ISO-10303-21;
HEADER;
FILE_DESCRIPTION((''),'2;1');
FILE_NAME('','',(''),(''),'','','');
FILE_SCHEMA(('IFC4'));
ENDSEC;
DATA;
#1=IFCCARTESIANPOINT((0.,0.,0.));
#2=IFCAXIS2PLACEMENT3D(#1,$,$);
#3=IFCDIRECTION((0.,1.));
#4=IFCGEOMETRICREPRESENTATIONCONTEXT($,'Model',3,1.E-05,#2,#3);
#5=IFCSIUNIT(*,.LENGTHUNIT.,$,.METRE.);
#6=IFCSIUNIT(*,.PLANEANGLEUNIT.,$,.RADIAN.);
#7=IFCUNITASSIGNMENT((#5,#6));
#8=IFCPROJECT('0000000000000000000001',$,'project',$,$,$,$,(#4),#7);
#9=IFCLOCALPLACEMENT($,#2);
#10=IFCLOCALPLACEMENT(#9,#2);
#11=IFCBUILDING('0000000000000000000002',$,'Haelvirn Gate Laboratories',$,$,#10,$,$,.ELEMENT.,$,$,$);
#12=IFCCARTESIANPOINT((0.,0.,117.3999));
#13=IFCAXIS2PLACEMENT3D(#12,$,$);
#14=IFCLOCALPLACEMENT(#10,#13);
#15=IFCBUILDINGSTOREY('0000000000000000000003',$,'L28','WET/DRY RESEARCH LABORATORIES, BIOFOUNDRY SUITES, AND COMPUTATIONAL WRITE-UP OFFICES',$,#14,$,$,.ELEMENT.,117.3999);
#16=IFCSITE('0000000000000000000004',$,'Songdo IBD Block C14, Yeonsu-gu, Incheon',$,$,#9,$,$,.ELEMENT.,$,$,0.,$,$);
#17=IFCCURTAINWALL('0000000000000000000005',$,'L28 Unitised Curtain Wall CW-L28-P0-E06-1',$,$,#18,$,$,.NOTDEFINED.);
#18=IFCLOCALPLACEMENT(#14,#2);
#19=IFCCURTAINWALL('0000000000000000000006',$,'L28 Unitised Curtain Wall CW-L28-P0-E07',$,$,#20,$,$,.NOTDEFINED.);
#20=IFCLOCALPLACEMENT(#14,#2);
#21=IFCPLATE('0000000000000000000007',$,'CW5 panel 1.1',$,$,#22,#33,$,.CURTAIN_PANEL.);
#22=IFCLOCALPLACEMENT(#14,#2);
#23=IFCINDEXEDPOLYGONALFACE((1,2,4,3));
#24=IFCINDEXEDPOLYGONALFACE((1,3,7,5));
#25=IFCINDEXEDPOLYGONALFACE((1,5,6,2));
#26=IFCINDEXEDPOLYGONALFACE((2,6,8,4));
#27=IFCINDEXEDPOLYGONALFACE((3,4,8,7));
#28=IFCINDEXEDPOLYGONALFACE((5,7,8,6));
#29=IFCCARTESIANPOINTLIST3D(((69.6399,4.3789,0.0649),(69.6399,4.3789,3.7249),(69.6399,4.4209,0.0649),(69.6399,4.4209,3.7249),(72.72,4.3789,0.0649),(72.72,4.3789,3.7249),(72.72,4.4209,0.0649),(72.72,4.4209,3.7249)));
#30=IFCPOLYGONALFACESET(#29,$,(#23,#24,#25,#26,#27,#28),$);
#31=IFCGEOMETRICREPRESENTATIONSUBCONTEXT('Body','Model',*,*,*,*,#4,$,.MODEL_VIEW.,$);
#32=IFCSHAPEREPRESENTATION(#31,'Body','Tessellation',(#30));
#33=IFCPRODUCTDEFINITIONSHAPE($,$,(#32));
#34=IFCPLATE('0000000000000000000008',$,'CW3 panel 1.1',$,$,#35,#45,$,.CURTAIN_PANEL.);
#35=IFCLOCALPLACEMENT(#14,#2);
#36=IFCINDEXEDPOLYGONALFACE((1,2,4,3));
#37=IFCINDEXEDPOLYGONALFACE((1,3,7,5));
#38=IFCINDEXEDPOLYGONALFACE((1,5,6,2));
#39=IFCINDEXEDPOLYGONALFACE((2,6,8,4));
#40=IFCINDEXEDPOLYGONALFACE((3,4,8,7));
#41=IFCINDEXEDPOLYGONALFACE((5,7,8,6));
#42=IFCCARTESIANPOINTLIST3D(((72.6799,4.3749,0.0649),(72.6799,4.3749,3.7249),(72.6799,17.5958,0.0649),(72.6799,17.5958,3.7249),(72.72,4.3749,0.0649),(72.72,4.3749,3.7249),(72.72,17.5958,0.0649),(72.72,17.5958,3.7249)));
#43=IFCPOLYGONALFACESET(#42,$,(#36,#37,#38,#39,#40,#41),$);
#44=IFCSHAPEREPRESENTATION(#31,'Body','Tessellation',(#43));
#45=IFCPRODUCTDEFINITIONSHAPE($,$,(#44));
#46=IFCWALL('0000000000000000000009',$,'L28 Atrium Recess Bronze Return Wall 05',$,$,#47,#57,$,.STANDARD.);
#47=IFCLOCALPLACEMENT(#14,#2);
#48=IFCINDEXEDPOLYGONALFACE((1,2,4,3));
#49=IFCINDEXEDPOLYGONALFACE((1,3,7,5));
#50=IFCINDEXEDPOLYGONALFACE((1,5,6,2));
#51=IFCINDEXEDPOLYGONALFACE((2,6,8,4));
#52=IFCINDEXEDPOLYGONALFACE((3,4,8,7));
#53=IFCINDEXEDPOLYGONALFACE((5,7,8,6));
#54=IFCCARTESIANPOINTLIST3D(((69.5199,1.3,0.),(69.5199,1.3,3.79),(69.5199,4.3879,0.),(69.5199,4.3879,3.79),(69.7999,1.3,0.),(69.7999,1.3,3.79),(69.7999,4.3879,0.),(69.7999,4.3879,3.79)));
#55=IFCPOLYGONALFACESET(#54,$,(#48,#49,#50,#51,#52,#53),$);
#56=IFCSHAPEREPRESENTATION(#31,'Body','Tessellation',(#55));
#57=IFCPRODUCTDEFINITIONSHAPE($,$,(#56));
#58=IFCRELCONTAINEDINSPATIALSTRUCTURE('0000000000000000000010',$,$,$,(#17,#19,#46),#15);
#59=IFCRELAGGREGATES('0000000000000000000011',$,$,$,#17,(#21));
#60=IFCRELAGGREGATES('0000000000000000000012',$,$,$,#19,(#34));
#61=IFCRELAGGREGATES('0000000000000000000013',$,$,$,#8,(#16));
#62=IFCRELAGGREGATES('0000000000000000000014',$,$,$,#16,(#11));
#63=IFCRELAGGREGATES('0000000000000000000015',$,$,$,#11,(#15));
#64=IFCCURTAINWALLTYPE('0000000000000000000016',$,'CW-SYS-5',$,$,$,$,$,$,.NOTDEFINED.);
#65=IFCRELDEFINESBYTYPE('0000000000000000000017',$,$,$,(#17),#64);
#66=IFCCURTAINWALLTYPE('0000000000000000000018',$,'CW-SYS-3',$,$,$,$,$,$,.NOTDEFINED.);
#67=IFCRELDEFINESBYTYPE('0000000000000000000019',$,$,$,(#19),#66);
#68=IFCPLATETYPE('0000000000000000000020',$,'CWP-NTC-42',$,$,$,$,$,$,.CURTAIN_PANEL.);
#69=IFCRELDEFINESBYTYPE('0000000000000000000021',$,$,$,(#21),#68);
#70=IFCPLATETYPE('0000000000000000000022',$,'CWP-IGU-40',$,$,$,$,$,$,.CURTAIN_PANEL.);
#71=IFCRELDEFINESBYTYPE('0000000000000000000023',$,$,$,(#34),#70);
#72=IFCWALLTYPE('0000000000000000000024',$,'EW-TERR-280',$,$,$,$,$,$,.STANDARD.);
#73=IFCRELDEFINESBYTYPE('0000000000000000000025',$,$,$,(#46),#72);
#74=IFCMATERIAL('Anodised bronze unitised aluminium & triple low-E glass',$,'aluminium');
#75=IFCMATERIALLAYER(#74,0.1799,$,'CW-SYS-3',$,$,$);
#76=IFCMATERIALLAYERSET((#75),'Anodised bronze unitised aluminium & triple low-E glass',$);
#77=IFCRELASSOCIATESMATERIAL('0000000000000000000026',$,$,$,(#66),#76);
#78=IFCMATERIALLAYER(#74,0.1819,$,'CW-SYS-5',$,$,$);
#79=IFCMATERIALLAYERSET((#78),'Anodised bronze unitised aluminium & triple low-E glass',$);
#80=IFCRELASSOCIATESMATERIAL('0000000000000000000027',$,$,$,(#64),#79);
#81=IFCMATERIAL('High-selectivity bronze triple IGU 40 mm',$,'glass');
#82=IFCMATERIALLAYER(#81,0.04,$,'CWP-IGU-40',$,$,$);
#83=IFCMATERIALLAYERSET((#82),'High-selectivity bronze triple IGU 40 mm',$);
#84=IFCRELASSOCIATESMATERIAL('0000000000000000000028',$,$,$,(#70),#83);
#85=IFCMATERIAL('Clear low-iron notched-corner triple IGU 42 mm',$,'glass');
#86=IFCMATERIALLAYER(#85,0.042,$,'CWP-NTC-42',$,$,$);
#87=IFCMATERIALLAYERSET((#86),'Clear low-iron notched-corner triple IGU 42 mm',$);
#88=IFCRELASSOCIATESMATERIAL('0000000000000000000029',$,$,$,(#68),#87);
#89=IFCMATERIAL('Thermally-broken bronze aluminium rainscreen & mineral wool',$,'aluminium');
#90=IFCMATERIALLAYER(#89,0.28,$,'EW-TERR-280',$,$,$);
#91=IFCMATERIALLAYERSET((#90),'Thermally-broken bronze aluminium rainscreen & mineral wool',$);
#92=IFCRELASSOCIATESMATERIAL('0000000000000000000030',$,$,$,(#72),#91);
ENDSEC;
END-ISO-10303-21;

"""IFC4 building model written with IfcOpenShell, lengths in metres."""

from ifc_helpers import new_model, si_unit, direction, frame, frame_2d, origin, origin_2d, place, context, subcontext, project, spatial, rectangle, extrude, source, transform, mapped, material, layer, layer_set, type_object, type_shapes, element, aggregate, save


model = new_model("IFC4")

# Units and contexts
model_context = context("Model", 3, precision=1e-05, world=origin(), true_north=direction((0.0, 1.0)))
body_context = subcontext(model_context, "Body", "Model", "MODEL_VIEW")
ifc_project = project(units=[si_unit("LENGTHUNIT", "METRE"), si_unit("PLANEANGLEUNIT", "RADIAN")], contexts=[model_context])

# Site, building, storey
site_placement = place(None, origin())
site = spatial("IfcSite", under=ifc_project, at=site_placement, Name="Songdo IBD Block C14, Yeonsu-gu, Incheon", CompositionType="ELEMENT", RefElevation=0.0)
building_placement = place(site_placement, origin())
building = spatial("IfcBuilding", under=site, at=building_placement, Name="Haelvirn Gate Laboratories", CompositionType="ELEMENT")
storey_placement = place(building_placement, frame((0.0, 0.0, 117.3999)))
storey = spatial("IfcBuildingStorey", under=building, at=storey_placement, Name="L28", Description="WET/DRY RESEARCH LABORATORIES, BIOFOUNDRY SUITES, AND COMPUTATIONAL WRITE-UP OFFICES", CompositionType="ELEMENT", Elevation=117.3999)

# Curtain walls
ifc_material_1 = material(Name="Anodised bronze unitised aluminium & triple low-E glass", Category="aluminium")
ifc_layer_1 = layer(ifc_material_1, 0.1799, Name="CW-SYS-3")
ifc_layer_set_1 = layer_set([ifc_layer_1], Name="Anodised bronze unitised aluminium & triple low-E glass")
curtain_wall_type_1 = type_object("IfcCurtainWallType", Name="CW-SYS-3", PredefinedType="NOTDEFINED", material=ifc_layer_set_1)
ifc_layer_2 = layer(ifc_material_1, 0.1819, Name="CW-SYS-5")
ifc_layer_set_2 = layer_set([ifc_layer_2], Name="Anodised bronze unitised aluminium & triple low-E glass")
curtain_wall_type_2 = type_object("IfcCurtainWallType", Name="CW-SYS-5", PredefinedType="NOTDEFINED", material=ifc_layer_set_2)
curtain_wall_1_placement = place(storey_placement, origin())
curtain_wall_1 = element("IfcCurtainWall", 1, at=curtain_wall_1_placement, inside=storey, type_object=curtain_wall_type_2, Name="L28 Unitised Curtain Wall CW-L28-P0-E06-1", PredefinedType="NOTDEFINED")
curtain_wall_2_placement = place(storey_placement, origin())
curtain_wall_2 = element("IfcCurtainWall", 2, at=curtain_wall_2_placement, inside=storey, type_object=curtain_wall_type_1, Name="L28 Unitised Curtain Wall CW-L28-P0-E07", PredefinedType="NOTDEFINED")

# Plates
ifc_material_2 = material(Name="High-selectivity bronze triple IGU 40 mm", Category="glass")
ifc_layer_3 = layer(ifc_material_2, 0.04, Name="CWP-IGU-40")
ifc_layer_set_3 = layer_set([ifc_layer_3], Name="High-selectivity bronze triple IGU 40 mm")
plate_type_1 = type_object("IfcPlateType", Name="CWP-IGU-40", PredefinedType="CURTAIN_PANEL", material=ifc_layer_set_3)
ifc_material_3 = material(Name="Clear low-iron notched-corner triple IGU 42 mm", Category="glass")
ifc_layer_4 = layer(ifc_material_3, 0.042, Name="CWP-NTC-42")
ifc_layer_set_4 = layer_set([ifc_layer_4], Name="Clear low-iron notched-corner triple IGU 42 mm")
plate_type_2 = type_object("IfcPlateType", Name="CWP-NTC-42", PredefinedType="CURTAIN_PANEL", material=ifc_layer_set_4)
shared_shape_1 = source(origin(), body_context, "Body", "SweptSolid", [
    extrude(rectangle(XDim=3.0801, YDim=0.042, at=origin_2d()), origin(), (0.0, 0.0, 1.0), 3.6599),
])
type_shapes(plate_type_2, [shared_shape_1])
plate_1_placement = place(storey_placement, frame((71.1799, 4.3999, 0.0649), z_axis=(0.0, 0.0, 1.0), x_axis=(1.0, 0.0, 0.0)))
plate_1 = element("IfcPlate", 3, at=plate_1_placement, type_object=plate_type_2, Name="CW5 panel 1.1", PredefinedType="CURTAIN_PANEL", context=body_context, shape_type="MappedRepresentation", body=[
    mapped(shared_shape_1, transform((0.0, 0.0, 0.0), scale=1.0)),
])
aggregate(curtain_wall_1, [plate_1])
shared_shape_2 = source(origin(), body_context, "Body", "SweptSolid", [
    extrude(rectangle(XDim=13.2209, YDim=0.04, at=origin_2d()), origin(), (0.0, 0.0, 1.0), 3.6599),
])
plate_2_placement = place(storey_placement, frame((72.7, 10.9854, 0.0649), z_axis=(0.0, 0.0, 1.0), x_axis=(0.0, 1.0, 0.0)))
plate_2 = element("IfcPlate", 4, at=plate_2_placement, type_object=plate_type_1, Name="CW3 panel 1.1", PredefinedType="CURTAIN_PANEL", context=body_context, shape_type="MappedRepresentation", body=[
    mapped(shared_shape_2, transform((0.0, 0.0, 0.0), scale=1.0)),
])
aggregate(curtain_wall_2, [plate_2])

# Wall
ifc_material_4 = material(Name="Thermally-broken bronze aluminium rainscreen & mineral wool", Category="aluminium")
ifc_layer_5 = layer(ifc_material_4, 0.28, Name="EW-TERR-280")
ifc_layer_set_5 = layer_set([ifc_layer_5], Name="Thermally-broken bronze aluminium rainscreen & mineral wool")
wall_type = type_object("IfcWallType", Name="EW-TERR-280", PredefinedType="STANDARD", material=ifc_layer_set_5)
wall_placement = place(storey_placement, frame((69.6599, 1.3, 0.0), z_axis=(0.0, 0.0, 1.0), x_axis=(0.0, 1.0, 0.0)))
element("IfcWall", 5, at=wall_placement, inside=storey, type_object=wall_type, Name="L28 Atrium Recess Bronze Return Wall 05", PredefinedType="STANDARD", context=body_context, shape_type="SweptSolid", body=[
    extrude(rectangle(XDim=3.0879, YDim=0.28, at=frame_2d((1.5439, 0.0))), origin(), (0.0, 0.0, 1.0), 3.79),
])

save(model, "model.ifc")
